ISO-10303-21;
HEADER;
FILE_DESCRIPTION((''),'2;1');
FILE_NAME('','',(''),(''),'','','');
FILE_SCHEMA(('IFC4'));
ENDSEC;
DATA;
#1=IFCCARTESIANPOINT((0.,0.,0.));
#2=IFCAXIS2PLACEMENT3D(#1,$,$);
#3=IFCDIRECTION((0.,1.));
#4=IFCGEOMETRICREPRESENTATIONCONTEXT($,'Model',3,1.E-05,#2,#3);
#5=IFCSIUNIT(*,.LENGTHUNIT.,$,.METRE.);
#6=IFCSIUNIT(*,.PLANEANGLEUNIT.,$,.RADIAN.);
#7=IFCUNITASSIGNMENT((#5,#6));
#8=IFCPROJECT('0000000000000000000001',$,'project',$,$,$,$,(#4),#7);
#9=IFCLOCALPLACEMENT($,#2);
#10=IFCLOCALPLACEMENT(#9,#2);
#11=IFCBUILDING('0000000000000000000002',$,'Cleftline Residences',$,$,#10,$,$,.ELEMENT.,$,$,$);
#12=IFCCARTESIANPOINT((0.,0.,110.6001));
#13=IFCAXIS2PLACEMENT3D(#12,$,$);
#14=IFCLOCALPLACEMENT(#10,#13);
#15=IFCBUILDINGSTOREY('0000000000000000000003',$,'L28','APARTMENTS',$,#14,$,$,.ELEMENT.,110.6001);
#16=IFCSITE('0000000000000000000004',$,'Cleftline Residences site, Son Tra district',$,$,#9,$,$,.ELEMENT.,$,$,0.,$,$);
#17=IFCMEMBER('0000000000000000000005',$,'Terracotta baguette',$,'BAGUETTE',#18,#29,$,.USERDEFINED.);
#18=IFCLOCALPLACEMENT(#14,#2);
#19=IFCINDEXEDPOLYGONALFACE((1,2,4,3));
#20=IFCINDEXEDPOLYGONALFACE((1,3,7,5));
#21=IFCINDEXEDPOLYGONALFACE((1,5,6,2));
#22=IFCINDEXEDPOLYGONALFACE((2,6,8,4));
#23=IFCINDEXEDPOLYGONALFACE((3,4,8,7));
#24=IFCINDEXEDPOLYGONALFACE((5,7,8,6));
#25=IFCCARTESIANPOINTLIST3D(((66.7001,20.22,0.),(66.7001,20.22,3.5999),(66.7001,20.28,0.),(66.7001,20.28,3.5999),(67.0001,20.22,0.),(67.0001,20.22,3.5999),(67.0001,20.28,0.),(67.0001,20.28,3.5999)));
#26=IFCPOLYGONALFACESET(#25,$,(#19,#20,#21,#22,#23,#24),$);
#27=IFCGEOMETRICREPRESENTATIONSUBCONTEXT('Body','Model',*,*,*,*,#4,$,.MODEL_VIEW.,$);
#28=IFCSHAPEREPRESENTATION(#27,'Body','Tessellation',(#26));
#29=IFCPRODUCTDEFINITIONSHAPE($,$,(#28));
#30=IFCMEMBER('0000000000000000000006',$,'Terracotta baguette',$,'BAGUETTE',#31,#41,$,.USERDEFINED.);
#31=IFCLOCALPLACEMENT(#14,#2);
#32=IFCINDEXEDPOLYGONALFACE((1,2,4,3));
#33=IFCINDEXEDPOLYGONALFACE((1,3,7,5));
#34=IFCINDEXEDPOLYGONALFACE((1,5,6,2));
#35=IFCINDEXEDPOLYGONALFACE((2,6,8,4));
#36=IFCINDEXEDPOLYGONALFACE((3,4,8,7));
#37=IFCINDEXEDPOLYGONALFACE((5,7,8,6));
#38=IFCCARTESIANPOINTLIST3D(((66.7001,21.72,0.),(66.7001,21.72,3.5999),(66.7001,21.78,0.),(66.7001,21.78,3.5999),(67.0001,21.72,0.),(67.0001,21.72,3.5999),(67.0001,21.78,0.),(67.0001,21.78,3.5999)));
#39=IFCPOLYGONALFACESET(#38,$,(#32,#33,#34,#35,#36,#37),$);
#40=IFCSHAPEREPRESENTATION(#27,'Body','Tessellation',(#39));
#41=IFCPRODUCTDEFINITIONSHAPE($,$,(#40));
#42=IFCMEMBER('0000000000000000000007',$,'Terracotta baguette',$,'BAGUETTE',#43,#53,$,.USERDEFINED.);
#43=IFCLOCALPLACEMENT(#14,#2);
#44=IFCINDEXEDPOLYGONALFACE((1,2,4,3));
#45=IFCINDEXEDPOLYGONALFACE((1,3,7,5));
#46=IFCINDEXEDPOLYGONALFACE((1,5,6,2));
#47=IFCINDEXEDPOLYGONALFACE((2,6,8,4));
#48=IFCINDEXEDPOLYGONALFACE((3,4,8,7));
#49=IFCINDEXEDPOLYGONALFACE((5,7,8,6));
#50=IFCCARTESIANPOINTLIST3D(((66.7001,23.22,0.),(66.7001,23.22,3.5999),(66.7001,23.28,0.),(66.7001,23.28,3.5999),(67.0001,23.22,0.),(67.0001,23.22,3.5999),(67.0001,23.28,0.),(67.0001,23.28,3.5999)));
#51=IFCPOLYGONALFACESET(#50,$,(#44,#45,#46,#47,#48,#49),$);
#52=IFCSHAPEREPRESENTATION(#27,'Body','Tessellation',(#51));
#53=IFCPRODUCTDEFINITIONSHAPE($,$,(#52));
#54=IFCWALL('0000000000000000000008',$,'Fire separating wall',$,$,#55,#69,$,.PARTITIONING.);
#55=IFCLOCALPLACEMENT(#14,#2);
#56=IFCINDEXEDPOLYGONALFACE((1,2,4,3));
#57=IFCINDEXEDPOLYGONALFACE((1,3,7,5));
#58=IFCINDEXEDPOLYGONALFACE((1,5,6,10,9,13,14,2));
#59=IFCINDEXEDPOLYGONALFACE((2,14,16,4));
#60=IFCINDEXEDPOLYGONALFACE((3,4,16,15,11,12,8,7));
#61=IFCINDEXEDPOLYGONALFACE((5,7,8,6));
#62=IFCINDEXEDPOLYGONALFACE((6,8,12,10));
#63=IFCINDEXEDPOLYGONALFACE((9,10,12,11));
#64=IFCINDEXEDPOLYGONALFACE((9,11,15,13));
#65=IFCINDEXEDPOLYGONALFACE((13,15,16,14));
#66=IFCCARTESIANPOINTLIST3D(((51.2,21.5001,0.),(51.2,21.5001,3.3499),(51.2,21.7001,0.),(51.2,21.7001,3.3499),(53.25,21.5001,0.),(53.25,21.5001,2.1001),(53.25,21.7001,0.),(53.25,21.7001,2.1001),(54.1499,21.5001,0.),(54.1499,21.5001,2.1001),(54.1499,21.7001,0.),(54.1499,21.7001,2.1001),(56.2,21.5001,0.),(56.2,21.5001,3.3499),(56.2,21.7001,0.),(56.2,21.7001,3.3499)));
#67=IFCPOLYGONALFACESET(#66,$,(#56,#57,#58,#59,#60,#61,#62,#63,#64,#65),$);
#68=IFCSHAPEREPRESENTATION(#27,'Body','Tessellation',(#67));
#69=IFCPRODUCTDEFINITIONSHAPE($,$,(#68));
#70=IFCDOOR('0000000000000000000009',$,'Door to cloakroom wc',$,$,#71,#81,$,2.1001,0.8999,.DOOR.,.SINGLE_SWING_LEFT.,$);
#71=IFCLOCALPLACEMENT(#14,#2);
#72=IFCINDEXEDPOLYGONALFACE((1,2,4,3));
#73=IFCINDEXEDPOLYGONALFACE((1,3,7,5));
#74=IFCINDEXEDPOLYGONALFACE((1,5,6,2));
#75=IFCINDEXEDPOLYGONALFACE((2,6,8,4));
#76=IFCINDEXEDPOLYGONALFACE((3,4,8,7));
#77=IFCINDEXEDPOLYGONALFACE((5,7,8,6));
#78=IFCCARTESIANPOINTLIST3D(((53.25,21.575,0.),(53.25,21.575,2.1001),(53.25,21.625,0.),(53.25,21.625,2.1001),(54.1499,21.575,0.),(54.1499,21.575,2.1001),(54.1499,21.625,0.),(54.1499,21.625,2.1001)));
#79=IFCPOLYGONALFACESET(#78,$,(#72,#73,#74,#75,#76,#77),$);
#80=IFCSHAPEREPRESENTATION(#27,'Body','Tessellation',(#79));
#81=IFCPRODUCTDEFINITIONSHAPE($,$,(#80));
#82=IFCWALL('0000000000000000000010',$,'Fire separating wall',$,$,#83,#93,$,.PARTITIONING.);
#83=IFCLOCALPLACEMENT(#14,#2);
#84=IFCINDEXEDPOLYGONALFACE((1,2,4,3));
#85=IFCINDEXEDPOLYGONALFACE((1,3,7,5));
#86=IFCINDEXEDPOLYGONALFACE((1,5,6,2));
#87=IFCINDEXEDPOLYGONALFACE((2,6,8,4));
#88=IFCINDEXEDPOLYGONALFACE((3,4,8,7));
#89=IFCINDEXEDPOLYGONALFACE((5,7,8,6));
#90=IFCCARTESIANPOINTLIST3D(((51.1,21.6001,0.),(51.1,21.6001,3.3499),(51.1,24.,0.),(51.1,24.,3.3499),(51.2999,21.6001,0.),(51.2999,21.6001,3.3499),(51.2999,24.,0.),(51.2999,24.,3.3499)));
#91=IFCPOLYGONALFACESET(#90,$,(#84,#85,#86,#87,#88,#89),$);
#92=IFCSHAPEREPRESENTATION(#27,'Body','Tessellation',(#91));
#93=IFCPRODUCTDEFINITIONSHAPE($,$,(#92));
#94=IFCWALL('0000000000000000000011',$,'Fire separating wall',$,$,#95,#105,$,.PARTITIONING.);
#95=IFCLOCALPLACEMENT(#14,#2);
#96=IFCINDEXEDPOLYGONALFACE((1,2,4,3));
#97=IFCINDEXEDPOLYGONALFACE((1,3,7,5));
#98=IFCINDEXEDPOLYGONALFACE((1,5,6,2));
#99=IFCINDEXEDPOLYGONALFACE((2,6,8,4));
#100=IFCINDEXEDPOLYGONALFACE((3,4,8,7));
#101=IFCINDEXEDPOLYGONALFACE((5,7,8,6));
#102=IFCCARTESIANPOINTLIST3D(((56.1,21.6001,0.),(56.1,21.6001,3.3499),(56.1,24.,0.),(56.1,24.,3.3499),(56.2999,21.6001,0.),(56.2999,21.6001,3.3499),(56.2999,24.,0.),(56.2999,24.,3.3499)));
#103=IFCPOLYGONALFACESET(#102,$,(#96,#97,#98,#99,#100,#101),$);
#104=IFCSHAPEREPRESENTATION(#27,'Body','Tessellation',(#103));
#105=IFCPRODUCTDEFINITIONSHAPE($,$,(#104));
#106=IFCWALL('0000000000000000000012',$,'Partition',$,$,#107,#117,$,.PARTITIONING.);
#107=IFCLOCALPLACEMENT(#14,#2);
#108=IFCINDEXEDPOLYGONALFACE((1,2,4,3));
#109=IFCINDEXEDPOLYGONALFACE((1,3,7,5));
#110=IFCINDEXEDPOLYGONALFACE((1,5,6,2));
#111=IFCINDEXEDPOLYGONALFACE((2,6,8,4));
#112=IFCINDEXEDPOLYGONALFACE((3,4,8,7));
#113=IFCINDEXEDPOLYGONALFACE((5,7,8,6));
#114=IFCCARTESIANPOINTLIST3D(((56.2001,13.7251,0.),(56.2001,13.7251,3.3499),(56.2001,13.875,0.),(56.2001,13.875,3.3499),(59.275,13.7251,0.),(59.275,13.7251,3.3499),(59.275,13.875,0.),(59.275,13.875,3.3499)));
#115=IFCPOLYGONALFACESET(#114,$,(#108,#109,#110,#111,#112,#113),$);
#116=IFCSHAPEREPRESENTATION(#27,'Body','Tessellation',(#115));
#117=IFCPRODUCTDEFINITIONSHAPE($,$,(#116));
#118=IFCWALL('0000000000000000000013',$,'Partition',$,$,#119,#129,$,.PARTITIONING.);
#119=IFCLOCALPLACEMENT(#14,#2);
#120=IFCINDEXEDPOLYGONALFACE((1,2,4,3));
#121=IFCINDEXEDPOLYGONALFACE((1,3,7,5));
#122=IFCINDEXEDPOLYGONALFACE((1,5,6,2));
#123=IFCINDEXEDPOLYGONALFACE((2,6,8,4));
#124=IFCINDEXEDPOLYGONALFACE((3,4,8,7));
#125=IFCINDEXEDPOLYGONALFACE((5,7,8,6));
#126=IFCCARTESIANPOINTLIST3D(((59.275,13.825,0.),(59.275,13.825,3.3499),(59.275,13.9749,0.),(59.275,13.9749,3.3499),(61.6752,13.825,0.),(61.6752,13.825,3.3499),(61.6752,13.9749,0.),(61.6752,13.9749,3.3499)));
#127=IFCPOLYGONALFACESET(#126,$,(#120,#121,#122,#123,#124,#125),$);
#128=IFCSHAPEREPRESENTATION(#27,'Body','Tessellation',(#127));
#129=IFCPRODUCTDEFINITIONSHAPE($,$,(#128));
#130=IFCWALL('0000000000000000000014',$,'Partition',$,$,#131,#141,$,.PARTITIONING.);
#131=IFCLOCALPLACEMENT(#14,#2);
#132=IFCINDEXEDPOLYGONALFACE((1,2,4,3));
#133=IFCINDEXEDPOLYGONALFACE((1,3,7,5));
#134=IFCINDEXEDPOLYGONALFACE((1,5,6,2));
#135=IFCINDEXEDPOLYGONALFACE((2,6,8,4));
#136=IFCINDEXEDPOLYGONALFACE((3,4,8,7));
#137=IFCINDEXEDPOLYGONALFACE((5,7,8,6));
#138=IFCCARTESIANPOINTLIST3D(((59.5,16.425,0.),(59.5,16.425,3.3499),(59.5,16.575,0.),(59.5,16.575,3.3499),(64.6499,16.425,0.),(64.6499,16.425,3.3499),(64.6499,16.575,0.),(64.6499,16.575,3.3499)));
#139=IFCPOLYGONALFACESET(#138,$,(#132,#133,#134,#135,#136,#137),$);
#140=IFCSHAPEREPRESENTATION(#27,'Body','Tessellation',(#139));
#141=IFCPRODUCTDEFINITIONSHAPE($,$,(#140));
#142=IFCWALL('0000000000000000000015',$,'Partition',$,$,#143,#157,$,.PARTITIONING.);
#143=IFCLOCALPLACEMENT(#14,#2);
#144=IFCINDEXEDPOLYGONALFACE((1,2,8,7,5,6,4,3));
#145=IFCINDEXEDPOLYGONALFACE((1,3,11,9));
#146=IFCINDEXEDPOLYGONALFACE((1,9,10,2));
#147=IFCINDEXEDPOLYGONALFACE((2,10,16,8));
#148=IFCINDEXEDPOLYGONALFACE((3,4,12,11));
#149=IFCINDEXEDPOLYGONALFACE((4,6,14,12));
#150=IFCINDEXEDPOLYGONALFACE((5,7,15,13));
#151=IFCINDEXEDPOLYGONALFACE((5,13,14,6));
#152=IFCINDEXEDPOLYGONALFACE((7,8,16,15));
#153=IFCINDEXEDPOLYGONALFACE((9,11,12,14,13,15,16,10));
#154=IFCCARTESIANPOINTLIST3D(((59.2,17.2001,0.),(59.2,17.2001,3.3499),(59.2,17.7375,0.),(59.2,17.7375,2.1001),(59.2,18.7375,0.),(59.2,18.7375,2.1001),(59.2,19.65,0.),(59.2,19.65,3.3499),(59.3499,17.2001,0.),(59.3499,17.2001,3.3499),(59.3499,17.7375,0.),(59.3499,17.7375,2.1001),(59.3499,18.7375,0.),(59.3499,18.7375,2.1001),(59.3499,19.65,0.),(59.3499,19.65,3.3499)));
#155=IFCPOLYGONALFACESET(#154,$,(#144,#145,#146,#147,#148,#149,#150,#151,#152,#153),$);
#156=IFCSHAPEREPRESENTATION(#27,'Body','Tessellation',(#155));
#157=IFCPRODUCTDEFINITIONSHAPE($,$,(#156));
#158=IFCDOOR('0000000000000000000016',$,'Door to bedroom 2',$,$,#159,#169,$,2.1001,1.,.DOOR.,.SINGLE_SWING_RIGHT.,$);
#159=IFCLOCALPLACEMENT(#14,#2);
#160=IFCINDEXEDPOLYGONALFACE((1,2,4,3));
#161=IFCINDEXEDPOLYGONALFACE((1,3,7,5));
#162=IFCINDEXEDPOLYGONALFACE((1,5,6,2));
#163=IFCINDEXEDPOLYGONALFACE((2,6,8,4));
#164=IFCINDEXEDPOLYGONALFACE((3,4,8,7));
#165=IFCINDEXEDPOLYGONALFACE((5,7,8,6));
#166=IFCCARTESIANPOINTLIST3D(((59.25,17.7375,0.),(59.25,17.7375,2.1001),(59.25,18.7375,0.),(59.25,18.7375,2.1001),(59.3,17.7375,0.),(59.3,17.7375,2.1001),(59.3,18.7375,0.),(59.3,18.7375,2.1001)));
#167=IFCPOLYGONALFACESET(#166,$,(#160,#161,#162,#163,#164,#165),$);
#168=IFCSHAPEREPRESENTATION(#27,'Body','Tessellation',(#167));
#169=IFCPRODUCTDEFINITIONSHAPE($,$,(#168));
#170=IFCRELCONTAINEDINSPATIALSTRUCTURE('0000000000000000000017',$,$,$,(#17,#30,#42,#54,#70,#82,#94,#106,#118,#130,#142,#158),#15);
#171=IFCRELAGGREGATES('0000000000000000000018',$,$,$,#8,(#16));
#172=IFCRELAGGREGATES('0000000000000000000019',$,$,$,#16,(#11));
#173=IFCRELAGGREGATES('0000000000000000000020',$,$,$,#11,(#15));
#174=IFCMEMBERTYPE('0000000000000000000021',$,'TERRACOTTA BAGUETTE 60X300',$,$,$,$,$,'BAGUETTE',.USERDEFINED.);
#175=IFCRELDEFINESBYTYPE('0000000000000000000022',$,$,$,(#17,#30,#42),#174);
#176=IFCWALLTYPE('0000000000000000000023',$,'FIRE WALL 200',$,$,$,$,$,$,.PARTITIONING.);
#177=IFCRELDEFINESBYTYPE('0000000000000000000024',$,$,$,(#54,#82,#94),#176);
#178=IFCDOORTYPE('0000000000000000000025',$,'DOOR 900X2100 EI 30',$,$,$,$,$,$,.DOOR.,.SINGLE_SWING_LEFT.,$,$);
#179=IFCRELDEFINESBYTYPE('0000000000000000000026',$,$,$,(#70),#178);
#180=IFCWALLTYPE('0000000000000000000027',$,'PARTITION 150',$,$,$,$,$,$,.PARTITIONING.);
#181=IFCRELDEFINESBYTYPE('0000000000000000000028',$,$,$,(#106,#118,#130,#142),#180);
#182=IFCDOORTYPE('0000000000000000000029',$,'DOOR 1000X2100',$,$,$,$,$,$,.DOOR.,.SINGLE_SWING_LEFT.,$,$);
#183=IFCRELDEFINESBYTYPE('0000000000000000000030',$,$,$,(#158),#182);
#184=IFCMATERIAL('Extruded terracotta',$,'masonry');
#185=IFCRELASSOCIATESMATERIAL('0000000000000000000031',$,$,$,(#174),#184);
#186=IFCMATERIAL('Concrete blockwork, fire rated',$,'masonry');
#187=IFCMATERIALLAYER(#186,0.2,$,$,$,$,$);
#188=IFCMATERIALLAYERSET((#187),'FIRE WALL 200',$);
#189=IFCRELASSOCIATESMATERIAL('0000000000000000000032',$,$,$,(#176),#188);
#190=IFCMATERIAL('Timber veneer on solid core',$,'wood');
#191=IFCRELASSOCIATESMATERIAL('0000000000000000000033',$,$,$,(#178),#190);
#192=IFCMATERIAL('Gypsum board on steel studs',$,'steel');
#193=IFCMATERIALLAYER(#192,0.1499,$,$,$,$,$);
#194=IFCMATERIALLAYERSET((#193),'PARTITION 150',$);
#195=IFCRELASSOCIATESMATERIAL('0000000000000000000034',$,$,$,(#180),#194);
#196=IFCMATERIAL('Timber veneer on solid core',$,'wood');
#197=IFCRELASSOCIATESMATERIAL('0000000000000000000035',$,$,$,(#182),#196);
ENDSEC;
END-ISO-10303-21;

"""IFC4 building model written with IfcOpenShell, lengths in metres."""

from ifc_helpers import new_model, si_unit, direction, frame, frame_2d, origin, origin_2d, place, context, subcontext, project, spatial, rectangle, extrude, material, layer, layer_set, material_profile, profile_set, type_object, element, fill, save


model = new_model("IFC4")

# Units and contexts
model_context = context("Model", 3, precision=1e-05, world=origin(), true_north=direction((0.0, 1.0)))
body_context = subcontext(model_context, "Body", "Model", "MODEL_VIEW")
ifc_project = project(units=[si_unit("LENGTHUNIT", "METRE"), si_unit("PLANEANGLEUNIT", "RADIAN")], contexts=[model_context])

# Site, building, storey
site_placement = place(None, origin())
site = spatial("IfcSite", under=ifc_project, at=site_placement, Name="Cleftline Residences site, Son Tra district", CompositionType="ELEMENT", RefElevation=0.0)
building_placement = place(site_placement, origin())
building = spatial("IfcBuilding", under=site, at=building_placement, Name="Cleftline Residences", CompositionType="ELEMENT")
storey_placement = place(building_placement, frame((0.0, 0.0, 110.6001)))
storey = spatial("IfcBuildingStorey", under=building, at=storey_placement, Name="L28", Description="APARTMENTS", CompositionType="ELEMENT", Elevation=110.6001)

# Members
ifc_material_1 = material(Name="Extruded terracotta", Category="masonry")
ifc_material_profile_1 = material_profile(ifc_material_1, rectangle(XDim=0.0601, YDim=0.3, at=origin_2d()))
ifc_profile_set_1 = profile_set([ifc_material_profile_1], Name="Extruded terracotta")
member_type_1 = type_object("IfcMemberType", Name="TERRACOTTA BAGUETTE 60X300", ElementType="BAGUETTE", PredefinedType="USERDEFINED", material=ifc_profile_set_1)
for number, where, z_axis, x_axis, name in (
    (1, (66.8501, 20.25, 0.0), (0.0, 0.0, 1.0), (0.0, 1.0, 0.0), "Terracotta baguette"),
    (2, (66.8501, 21.75, 0.0), (0.0, 0.0, 1.0), (0.0, 1.0, 0.0), "Terracotta baguette"),
    (3, (66.8501, 23.25, 0.0), (0.0, 0.0, 1.0), (0.0, 1.0, 0.0), "Terracotta baguette"),
):
    element("IfcMember", number, at=place(storey_placement, frame(where, z_axis=z_axis, x_axis=x_axis)), inside=storey, type_object=member_type_1, Name=name, ObjectType="BAGUETTE", PredefinedType="USERDEFINED", context=body_context, shape_type="SweptSolid", body=[
        extrude(rectangle(XDim=0.0601, YDim=0.3, at=origin_2d()), origin(), (0.0, 0.0, 1.0), 3.5999),
    ])

# Wall, opening, door
ifc_material_2 = material(Name="Concrete blockwork, fire rated", Category="masonry")
ifc_layer_1 = layer(ifc_material_2, 0.2)
ifc_layer_set_1 = layer_set([ifc_layer_1], Name="FIRE WALL 200")
wall_type_1 = type_object("IfcWallType", Name="FIRE WALL 200", PredefinedType="PARTITIONING", material=ifc_layer_set_1)
wall_1_placement = place(storey_placement, frame((51.2, 21.6001, 0.0), z_axis=(0.0, 0.0, 1.0), x_axis=(1.0, 0.0, 0.0)))
wall_1 = element("IfcWall", 4, at=wall_1_placement, inside=storey, type_object=wall_type_1, Name="Fire separating wall", PredefinedType="PARTITIONING", context=body_context, shape_type="SweptSolid", body=[
    extrude(rectangle(XDim=5.0, YDim=0.2, at=frame_2d((2.5, 0.0))), origin(), (0.0, 0.0, 1.0), 3.3499),
])
opening_1_placement = place(wall_1_placement, frame((2.05, 0.0, 0.0)))
opening_1 = element("IfcOpeningElement", 5, at=opening_1_placement, cuts=wall_1, PredefinedType="OPENING", context=body_context, shape_type="SweptSolid", body=[
    extrude(rectangle(XDim=0.8999, YDim=2.1001, at=frame_2d((0.45, 1.05))), frame((0.0, 0.1099, 0.0), z_axis=(0.0, -1.0, 0.0), x_axis=(1.0, 0.0, 0.0)), (0.0, 0.0, 1.0), 0.22),
])
ifc_material_3 = material(Name="Timber veneer on solid core", Category="wood")
door_type_1 = type_object("IfcDoorType", Name="DOOR 900X2100 EI 30", OperationType="SINGLE_SWING_LEFT", PredefinedType="DOOR", material=ifc_material_3)
door_1_placement = place(opening_1_placement, origin())
door_1 = element("IfcDoor", 6, at=door_1_placement, inside=storey, type_object=door_type_1, Name="Door to cloakroom wc", OperationType="SINGLE_SWING_LEFT", OverallHeight=2.1001, OverallWidth=0.8999, PredefinedType="DOOR", context=body_context, shape_type="SweptSolid", body=[
    extrude(rectangle(XDim=0.8999, YDim=2.1001, at=frame_2d((0.45, 1.05))), frame((0.0, 0.0249, 0.0), z_axis=(0.0, -1.0, 0.0), x_axis=(1.0, 0.0, 0.0)), (0.0, 0.0, 1.0), 0.05),
])
fill(opening_1, door_1)

# Walls
for number, where, z_axis, x_axis, name in (
    (7, (51.2, 21.6001, 0.0), (0.0, 0.0, 1.0), (0.0, 1.0, 0.0), "Fire separating wall"),
    (8, (56.2, 21.6001, 0.0), (0.0, 0.0, 1.0), (0.0, 1.0, 0.0), "Fire separating wall"),
):
    element("IfcWall", number, at=place(storey_placement, frame(where, z_axis=z_axis, x_axis=x_axis)), inside=storey, type_object=wall_type_1, Name=name, PredefinedType="PARTITIONING", context=body_context, shape_type="SweptSolid", body=[
        extrude(rectangle(XDim=2.3999, YDim=0.2, at=frame_2d((1.2, 0.0))), origin(), (0.0, 0.0, 1.0), 3.3499),
    ])
ifc_material_4 = material(Name="Gypsum board on steel studs", Category="steel")
ifc_layer_2 = layer(ifc_material_4, 0.1499)
ifc_layer_set_2 = layer_set([ifc_layer_2], Name="PARTITION 150")
wall_type_2 = type_object("IfcWallType", Name="PARTITION 150", PredefinedType="PARTITIONING", material=ifc_layer_set_2)
wall_2_placement = place(storey_placement, frame((56.2, 13.8, 0.0), z_axis=(0.0, 0.0, 1.0), x_axis=(1.0, 0.0, 0.0)))
element("IfcWall", 9, at=wall_2_placement, inside=storey, type_object=wall_type_2, Name="Partition", PredefinedType="PARTITIONING", context=body_context, shape_type="SweptSolid", body=[
    extrude(rectangle(XDim=3.075, YDim=0.1499, at=frame_2d((1.5376, 0.0))), origin(), (0.0, 0.0, 1.0), 3.3499),
])
wall_3_placement = place(storey_placement, frame((59.2749, 13.8999, 0.0), z_axis=(0.0, 0.0, 1.0), x_axis=(1.0, 0.0, 0.0)))
element("IfcWall", 10, at=wall_3_placement, inside=storey, type_object=wall_type_2, Name="Partition", PredefinedType="PARTITIONING", context=body_context, shape_type="SweptSolid", body=[
    extrude(rectangle(XDim=2.4001, YDim=0.1499, at=frame_2d((1.2002, 0.0))), origin(), (0.0, 0.0, 1.0), 3.3499),
])
wall_4_placement = place(storey_placement, frame((59.5, 16.5, 0.0), z_axis=(0.0, 0.0, 1.0), x_axis=(1.0, 0.0, 0.0)))
element("IfcWall", 11, at=wall_4_placement, inside=storey, type_object=wall_type_2, Name="Partition", PredefinedType="PARTITIONING", context=body_context, shape_type="SweptSolid", body=[
    extrude(rectangle(XDim=5.1499, YDim=0.1499, at=frame_2d((2.575, 0.0))), origin(), (0.0, 0.0, 1.0), 3.3499),
])

# Wall, opening, door
wall_5_placement = place(storey_placement, frame((59.2749, 17.2, 0.0), z_axis=(0.0, 0.0, 1.0), x_axis=(0.0, 1.0, 0.0)))
wall_5 = element("IfcWall", 12, at=wall_5_placement, inside=storey, type_object=wall_type_2, Name="Partition", PredefinedType="PARTITIONING", context=body_context, shape_type="SweptSolid", body=[
    extrude(rectangle(XDim=2.45, YDim=0.1499, at=frame_2d((1.2251, 0.0))), origin(), (0.0, 0.0, 1.0), 3.3499),
])
opening_2_placement = place(wall_5_placement, frame((0.5376, 0.0, 0.0)))
opening_2 = element("IfcOpeningElement", 13, at=opening_2_placement, cuts=wall_5, PredefinedType="OPENING", context=body_context, shape_type="SweptSolid", body=[
    extrude(rectangle(XDim=1.0, YDim=2.1001, at=frame_2d((0.5, 1.05))), frame((0.0, 0.085, 0.0), z_axis=(0.0, -1.0, 0.0), x_axis=(1.0, 0.0, 0.0)), (0.0, 0.0, 1.0), 0.1699),
])
ifc_material_5 = material(Name="Timber veneer on solid core", Category="wood")
door_type_2 = type_object("IfcDoorType", Name="DOOR 1000X2100", OperationType="SINGLE_SWING_LEFT", PredefinedType="DOOR", material=ifc_material_5)
door_2_placement = place(opening_2_placement, origin())
door_2 = element("IfcDoor", 14, at=door_2_placement, inside=storey, type_object=door_type_2, Name="Door to bedroom 2", OperationType="SINGLE_SWING_RIGHT", OverallHeight=2.1001, OverallWidth=1.0, PredefinedType="DOOR", context=body_context, shape_type="SweptSolid", body=[
    extrude(rectangle(XDim=1.0, YDim=2.1001, at=frame_2d((0.5, 1.05))), frame((0.0, 0.0249, 0.0), z_axis=(0.0, -1.0, 0.0), x_axis=(1.0, 0.0, 0.0)), (0.0, 0.0, 1.0), 0.05),
])
fill(opening_2, door_2)

save(model, "model.ifc")
